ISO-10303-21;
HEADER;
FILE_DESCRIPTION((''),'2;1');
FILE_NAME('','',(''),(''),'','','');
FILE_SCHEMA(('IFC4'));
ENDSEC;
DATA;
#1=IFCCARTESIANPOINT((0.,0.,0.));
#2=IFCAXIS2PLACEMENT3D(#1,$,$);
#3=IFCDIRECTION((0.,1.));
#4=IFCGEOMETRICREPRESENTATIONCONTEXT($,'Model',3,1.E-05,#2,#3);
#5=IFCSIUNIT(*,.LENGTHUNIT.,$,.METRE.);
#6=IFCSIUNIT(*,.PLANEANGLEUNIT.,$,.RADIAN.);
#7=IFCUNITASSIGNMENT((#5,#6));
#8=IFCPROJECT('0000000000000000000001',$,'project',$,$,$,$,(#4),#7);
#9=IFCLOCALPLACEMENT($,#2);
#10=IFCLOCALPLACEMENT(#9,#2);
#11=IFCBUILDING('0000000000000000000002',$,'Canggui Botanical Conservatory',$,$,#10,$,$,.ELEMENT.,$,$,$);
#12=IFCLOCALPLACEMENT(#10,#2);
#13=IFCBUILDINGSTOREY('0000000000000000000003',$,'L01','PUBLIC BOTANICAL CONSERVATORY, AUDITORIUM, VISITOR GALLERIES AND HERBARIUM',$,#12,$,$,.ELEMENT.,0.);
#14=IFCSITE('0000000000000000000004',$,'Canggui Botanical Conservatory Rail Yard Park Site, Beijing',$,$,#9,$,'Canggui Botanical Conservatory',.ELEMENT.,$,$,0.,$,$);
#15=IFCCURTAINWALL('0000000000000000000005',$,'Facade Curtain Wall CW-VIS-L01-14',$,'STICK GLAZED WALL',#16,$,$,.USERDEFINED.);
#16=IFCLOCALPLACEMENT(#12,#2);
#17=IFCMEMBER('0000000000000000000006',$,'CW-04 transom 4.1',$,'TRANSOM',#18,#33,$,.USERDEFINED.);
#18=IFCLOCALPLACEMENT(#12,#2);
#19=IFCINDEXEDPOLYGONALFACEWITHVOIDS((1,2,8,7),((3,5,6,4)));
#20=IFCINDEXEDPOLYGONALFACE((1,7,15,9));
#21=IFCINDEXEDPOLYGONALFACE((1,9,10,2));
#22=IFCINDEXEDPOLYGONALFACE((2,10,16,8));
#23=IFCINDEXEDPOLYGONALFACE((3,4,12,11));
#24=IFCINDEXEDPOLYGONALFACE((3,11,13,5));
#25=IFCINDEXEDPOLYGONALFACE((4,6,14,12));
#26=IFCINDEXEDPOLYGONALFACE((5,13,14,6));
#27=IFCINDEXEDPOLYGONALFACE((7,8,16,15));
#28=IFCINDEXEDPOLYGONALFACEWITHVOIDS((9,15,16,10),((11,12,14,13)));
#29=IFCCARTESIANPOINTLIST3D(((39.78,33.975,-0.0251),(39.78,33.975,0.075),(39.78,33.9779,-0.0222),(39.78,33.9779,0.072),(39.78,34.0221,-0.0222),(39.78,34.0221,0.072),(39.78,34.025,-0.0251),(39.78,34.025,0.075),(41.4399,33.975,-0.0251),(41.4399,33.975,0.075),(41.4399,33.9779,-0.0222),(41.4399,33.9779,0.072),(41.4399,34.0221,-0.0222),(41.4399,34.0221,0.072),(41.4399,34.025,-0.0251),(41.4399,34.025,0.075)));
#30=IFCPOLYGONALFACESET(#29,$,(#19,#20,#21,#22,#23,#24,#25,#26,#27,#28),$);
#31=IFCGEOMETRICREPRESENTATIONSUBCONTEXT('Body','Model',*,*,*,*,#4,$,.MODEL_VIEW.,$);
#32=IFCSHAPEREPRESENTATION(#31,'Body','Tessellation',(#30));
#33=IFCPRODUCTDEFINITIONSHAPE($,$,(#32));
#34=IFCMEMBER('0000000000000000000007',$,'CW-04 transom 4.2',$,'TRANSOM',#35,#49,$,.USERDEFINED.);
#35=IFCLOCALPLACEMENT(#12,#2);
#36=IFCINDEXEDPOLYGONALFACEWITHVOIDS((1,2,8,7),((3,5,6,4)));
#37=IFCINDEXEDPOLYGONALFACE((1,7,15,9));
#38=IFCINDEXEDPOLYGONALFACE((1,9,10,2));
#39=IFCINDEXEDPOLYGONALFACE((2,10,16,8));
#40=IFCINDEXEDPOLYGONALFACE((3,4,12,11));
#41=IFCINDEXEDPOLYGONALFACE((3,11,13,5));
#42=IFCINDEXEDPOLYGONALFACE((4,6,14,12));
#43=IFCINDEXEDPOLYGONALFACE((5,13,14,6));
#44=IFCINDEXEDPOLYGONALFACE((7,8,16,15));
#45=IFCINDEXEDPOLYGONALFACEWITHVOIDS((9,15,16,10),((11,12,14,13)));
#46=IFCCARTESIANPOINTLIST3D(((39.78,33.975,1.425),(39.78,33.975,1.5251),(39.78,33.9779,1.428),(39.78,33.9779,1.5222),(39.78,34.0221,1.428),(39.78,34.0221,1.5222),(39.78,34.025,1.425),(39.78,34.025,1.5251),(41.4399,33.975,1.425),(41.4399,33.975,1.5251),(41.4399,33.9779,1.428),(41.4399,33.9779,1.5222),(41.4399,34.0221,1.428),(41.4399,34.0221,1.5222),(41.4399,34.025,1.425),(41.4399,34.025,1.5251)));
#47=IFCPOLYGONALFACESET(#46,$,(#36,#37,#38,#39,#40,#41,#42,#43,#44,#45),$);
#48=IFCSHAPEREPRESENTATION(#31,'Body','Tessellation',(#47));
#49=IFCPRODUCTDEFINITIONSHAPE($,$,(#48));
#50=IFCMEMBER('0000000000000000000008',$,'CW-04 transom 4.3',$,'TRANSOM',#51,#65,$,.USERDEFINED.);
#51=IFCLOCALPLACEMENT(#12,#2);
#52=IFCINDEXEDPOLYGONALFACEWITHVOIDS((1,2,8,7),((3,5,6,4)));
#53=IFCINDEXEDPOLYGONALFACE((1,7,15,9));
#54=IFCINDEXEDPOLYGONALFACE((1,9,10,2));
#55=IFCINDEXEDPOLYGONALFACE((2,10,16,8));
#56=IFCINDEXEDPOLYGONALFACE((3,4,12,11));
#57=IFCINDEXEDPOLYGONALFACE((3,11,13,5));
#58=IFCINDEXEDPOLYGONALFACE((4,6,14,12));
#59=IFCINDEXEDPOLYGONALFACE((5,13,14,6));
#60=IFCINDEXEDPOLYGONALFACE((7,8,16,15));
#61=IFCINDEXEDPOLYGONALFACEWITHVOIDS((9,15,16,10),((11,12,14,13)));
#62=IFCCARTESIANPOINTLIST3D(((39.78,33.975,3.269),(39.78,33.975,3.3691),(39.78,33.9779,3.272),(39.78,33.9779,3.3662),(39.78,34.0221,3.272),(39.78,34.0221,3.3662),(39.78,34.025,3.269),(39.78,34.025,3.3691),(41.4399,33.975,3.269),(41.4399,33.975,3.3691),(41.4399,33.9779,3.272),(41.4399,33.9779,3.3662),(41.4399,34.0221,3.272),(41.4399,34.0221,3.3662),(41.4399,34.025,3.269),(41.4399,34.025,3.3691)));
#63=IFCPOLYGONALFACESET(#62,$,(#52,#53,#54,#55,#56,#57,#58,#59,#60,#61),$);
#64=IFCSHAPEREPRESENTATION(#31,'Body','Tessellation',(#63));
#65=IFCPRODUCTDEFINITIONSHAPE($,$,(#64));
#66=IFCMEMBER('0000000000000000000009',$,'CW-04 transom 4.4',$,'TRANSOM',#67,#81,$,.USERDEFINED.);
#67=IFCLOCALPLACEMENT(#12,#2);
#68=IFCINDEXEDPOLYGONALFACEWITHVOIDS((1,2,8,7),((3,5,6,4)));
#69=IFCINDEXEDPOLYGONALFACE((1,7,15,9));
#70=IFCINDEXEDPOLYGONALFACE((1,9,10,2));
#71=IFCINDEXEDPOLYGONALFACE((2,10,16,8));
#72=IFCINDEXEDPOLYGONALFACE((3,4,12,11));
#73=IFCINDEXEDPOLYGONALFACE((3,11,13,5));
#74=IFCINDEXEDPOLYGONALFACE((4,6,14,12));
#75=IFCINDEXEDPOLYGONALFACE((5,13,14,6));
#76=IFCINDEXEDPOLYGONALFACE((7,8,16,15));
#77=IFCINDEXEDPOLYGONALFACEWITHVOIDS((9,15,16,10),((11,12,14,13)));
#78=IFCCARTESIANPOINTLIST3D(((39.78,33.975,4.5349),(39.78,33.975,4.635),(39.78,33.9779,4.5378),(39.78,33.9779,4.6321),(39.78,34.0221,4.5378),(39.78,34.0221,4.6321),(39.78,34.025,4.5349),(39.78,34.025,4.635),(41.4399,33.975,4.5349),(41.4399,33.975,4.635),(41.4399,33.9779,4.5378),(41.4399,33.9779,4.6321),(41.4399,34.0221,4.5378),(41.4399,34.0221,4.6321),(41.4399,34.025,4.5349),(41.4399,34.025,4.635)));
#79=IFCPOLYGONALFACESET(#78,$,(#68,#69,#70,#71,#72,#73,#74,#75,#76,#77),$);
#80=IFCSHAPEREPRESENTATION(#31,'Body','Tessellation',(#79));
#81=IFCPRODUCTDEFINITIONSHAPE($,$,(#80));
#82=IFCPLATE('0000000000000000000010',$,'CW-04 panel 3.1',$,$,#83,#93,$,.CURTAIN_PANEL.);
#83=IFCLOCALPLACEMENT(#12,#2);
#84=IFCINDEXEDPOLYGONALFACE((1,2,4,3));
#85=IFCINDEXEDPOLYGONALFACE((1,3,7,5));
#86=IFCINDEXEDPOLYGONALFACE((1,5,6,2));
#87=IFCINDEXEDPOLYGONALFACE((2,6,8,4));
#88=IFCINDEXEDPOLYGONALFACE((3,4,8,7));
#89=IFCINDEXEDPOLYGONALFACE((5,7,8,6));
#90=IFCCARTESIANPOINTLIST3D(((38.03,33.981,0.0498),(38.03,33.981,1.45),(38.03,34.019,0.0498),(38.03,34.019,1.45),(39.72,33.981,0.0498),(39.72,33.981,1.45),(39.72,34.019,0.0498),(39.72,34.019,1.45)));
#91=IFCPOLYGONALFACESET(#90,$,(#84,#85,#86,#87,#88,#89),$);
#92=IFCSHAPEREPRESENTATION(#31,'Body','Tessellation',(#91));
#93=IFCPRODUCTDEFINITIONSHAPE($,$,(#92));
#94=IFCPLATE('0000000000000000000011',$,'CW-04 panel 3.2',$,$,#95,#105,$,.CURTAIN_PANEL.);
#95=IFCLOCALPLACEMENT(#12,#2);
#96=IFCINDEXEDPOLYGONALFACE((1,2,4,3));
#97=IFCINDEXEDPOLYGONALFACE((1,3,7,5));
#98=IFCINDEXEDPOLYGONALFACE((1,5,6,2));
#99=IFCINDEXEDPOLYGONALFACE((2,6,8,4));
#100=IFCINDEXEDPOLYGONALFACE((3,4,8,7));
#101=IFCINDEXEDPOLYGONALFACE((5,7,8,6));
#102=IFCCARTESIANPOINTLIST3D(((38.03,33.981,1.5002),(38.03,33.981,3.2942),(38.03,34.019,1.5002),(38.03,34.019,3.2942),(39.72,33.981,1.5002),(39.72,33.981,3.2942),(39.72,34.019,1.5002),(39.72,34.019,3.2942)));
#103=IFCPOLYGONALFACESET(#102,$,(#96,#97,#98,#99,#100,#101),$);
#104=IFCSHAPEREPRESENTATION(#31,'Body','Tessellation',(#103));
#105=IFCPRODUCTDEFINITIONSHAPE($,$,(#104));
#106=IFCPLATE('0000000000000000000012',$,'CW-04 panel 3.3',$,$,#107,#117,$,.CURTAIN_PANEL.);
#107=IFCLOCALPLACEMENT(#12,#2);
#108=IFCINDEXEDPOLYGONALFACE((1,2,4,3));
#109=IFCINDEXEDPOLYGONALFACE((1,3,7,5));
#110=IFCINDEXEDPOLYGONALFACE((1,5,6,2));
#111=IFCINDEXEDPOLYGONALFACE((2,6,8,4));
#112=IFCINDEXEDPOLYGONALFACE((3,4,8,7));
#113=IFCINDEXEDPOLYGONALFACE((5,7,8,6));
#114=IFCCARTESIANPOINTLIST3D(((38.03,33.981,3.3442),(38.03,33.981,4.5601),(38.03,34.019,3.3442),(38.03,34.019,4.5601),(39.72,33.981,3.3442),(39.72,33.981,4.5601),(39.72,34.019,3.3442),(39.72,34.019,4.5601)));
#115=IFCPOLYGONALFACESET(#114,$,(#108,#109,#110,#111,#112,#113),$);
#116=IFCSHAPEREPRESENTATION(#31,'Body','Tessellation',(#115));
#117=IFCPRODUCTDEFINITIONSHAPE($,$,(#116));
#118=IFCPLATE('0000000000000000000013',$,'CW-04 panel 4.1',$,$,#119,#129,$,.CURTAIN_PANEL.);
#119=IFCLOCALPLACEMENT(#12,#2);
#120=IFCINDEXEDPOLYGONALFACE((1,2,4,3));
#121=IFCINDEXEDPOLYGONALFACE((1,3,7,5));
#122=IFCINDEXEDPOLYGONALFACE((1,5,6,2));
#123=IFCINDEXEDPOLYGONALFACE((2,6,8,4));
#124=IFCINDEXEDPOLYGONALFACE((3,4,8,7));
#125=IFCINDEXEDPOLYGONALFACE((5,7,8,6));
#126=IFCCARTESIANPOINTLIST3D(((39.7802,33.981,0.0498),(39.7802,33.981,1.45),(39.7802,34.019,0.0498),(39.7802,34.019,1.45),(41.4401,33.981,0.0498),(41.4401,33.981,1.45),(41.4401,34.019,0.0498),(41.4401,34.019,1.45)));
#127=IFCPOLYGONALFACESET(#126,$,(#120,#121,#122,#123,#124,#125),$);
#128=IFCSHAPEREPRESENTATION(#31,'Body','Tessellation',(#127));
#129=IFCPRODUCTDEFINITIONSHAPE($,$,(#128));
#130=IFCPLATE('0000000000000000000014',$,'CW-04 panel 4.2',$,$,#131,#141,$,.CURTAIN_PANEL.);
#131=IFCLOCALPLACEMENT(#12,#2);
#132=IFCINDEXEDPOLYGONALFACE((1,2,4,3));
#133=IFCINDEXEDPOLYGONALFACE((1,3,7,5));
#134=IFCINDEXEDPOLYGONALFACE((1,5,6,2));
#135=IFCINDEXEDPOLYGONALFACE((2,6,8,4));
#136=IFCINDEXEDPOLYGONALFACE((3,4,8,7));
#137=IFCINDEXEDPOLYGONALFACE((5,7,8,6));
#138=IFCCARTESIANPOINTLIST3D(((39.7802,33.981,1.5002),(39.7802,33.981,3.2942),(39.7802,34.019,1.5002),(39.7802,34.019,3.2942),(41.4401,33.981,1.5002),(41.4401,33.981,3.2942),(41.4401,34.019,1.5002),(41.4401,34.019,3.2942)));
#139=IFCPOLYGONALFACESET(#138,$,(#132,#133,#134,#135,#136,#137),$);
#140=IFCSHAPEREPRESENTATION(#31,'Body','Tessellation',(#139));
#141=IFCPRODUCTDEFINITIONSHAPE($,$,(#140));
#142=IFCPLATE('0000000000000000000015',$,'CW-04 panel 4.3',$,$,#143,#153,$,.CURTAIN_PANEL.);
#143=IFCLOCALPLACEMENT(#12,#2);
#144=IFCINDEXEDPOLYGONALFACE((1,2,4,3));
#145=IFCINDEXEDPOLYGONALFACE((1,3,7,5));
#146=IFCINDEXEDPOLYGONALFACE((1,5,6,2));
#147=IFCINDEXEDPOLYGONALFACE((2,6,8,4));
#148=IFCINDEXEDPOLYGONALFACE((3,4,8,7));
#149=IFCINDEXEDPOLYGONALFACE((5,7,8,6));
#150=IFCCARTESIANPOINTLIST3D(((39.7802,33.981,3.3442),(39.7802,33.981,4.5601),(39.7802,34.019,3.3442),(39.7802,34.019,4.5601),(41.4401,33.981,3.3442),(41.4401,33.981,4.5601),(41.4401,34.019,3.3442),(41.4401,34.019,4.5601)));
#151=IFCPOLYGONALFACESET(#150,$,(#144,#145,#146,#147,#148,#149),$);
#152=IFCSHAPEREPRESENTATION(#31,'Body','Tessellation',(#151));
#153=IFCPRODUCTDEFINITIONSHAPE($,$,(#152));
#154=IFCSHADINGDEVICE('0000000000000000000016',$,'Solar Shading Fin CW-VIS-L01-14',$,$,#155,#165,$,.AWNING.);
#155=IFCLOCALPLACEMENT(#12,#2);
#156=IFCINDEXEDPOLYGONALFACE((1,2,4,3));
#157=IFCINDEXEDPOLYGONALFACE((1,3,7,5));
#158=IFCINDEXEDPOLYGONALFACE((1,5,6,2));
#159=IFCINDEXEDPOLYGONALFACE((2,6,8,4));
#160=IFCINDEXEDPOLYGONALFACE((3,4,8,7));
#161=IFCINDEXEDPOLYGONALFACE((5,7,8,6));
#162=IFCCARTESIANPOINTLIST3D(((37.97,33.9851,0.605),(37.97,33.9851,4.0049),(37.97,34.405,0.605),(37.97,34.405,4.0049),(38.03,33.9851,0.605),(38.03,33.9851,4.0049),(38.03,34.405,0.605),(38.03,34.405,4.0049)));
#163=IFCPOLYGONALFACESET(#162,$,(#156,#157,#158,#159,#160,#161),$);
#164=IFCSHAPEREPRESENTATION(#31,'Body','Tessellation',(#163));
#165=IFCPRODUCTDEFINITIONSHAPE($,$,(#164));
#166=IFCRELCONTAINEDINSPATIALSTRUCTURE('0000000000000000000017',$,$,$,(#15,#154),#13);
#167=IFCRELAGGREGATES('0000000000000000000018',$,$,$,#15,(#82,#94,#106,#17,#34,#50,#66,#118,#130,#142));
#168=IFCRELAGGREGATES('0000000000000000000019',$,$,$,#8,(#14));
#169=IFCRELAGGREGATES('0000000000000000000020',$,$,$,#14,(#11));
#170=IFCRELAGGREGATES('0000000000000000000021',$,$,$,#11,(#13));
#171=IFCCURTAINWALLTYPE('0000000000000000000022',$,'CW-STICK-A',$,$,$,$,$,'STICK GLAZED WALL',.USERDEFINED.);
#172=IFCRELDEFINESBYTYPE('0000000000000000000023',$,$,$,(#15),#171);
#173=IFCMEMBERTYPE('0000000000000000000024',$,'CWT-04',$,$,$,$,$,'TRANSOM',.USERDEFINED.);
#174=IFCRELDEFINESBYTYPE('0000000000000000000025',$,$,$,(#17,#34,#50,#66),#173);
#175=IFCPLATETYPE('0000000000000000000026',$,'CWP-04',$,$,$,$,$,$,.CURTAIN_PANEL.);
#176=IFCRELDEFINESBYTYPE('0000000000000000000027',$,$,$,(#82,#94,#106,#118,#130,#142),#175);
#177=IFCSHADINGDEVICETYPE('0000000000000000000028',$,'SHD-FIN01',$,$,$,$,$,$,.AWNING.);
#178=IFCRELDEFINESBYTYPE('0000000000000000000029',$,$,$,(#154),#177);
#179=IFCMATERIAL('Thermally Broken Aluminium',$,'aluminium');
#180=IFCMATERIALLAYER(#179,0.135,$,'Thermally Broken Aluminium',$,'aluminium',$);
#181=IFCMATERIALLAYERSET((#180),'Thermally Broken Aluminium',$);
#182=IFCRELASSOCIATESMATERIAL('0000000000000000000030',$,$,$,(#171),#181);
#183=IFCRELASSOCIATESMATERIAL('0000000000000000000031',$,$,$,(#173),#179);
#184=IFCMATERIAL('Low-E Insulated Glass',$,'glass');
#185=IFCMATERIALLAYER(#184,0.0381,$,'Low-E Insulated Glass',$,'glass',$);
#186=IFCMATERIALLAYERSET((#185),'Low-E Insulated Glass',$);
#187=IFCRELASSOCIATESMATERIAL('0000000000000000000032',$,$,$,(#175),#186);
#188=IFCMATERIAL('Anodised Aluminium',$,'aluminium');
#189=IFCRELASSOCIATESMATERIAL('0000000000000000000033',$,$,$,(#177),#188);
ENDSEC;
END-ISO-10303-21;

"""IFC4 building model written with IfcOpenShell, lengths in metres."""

from ifc_helpers import new_model, si_unit, direction, frame, origin, origin_2d, place, context, subcontext, project, spatial, rectangle, hollow_rectangle, extrude, material, layer, layer_set, material_profile, profile_set, type_object, element, aggregate, save


model = new_model("IFC4")

# Units and contexts
model_context = context("Model", 3, precision=1e-05, world=origin(), true_north=direction((0.0, 1.0)))
body_context = subcontext(model_context, "Body", "Model", "MODEL_VIEW")
ifc_project = project(units=[si_unit("LENGTHUNIT", "METRE"), si_unit("PLANEANGLEUNIT", "RADIAN")], contexts=[model_context])

# Site, building, storey
site_placement = place(None, origin())
site = spatial("IfcSite", under=ifc_project, at=site_placement, Name="Canggui Botanical Conservatory Rail Yard Park Site, Beijing", LongName="Canggui Botanical Conservatory", CompositionType="ELEMENT", RefElevation=0.0)
building_placement = place(site_placement, origin())
building = spatial("IfcBuilding", under=site, at=building_placement, Name="Canggui Botanical Conservatory", CompositionType="ELEMENT")
storey_placement = place(building_placement, origin())
storey = spatial("IfcBuildingStorey", under=building, at=storey_placement, Name="L01", Description="PUBLIC BOTANICAL CONSERVATORY, AUDITORIUM, VISITOR GALLERIES AND HERBARIUM", CompositionType="ELEMENT", Elevation=0.0)

# Curtain wall, members, plates
ifc_material_1 = material(Name="Thermally Broken Aluminium", Category="aluminium")
ifc_layer_1 = layer(ifc_material_1, 0.135, Name="Thermally Broken Aluminium", Category="aluminium")
ifc_layer_set_1 = layer_set([ifc_layer_1], Name="Thermally Broken Aluminium")
curtain_wall_type = type_object("IfcCurtainWallType", Name="CW-STICK-A", ElementType="STICK GLAZED WALL", PredefinedType="USERDEFINED", material=ifc_layer_set_1)
curtain_wall_placement = place(storey_placement, origin())
curtain_wall = element("IfcCurtainWall", 1, at=curtain_wall_placement, inside=storey, type_object=curtain_wall_type, Name="Facade Curtain Wall CW-VIS-L01-14", ObjectType="STICK GLAZED WALL", PredefinedType="USERDEFINED")
ifc_material_profile_1 = material_profile(ifc_material_1, hollow_rectangle(XDim=0.05, YDim=0.1001, WallThickness=0.0029, at=origin_2d()), Name="CWT 50x100x3")
ifc_profile_set_1 = profile_set([ifc_material_profile_1], Name="Thermally Broken Aluminium")
member_type_1 = type_object("IfcMemberType", Name="CWT-04", ElementType="TRANSOM", PredefinedType="USERDEFINED", material=ifc_profile_set_1)
member_1_placement = place(storey_placement, frame((39.78, 34.0, 0.0249), z_axis=(1.0, 0.0, 0.0), x_axis=(0.0, 1.0, 0.0)))
member_1 = element("IfcMember", 2, at=member_1_placement, type_object=member_type_1, Name="CW-04 transom 4.1", ObjectType="TRANSOM", PredefinedType="USERDEFINED", context=body_context, shape_type="SweptSolid", body=[
    extrude(hollow_rectangle(XDim=0.05, YDim=0.1001, WallThickness=0.0029, at=origin_2d()), origin(), (0.0, 0.0, 1.0), 1.6599),
])
member_2_placement = place(storey_placement, frame((39.78, 34.0, 1.4751), z_axis=(1.0, 0.0, 0.0), x_axis=(0.0, 1.0, 0.0)))
member_2 = element("IfcMember", 3, at=member_2_placement, type_object=member_type_1, Name="CW-04 transom 4.2", ObjectType="TRANSOM", PredefinedType="USERDEFINED", context=body_context, shape_type="SweptSolid", body=[
    extrude(hollow_rectangle(XDim=0.05, YDim=0.1001, WallThickness=0.0029, at=origin_2d()), origin(), (0.0, 0.0, 1.0), 1.6599),
])
member_3_placement = place(storey_placement, frame((39.78, 34.0, 3.3191), z_axis=(1.0, 0.0, 0.0), x_axis=(0.0, 1.0, 0.0)))
member_3 = element("IfcMember", 4, at=member_3_placement, type_object=member_type_1, Name="CW-04 transom 4.3", ObjectType="TRANSOM", PredefinedType="USERDEFINED", context=body_context, shape_type="SweptSolid", body=[
    extrude(hollow_rectangle(XDim=0.05, YDim=0.1001, WallThickness=0.0029, at=origin_2d()), origin(), (0.0, 0.0, 1.0), 1.6599),
])
member_4_placement = place(storey_placement, frame((39.78, 34.0, 4.585), z_axis=(1.0, 0.0, 0.0), x_axis=(0.0, 1.0, 0.0)))
member_4 = element("IfcMember", 5, at=member_4_placement, type_object=member_type_1, Name="CW-04 transom 4.4", ObjectType="TRANSOM", PredefinedType="USERDEFINED", context=body_context, shape_type="SweptSolid", body=[
    extrude(hollow_rectangle(XDim=0.05, YDim=0.1001, WallThickness=0.0029, at=origin_2d()), origin(), (0.0, 0.0, 1.0), 1.6599),
])
ifc_material_2 = material(Name="Low-E Insulated Glass", Category="glass")
ifc_layer_2 = layer(ifc_material_2, 0.0381, Name="Low-E Insulated Glass", Category="glass")
ifc_layer_set_2 = layer_set([ifc_layer_2], Name="Low-E Insulated Glass")
plate_type = type_object("IfcPlateType", Name="CWP-04", PredefinedType="CURTAIN_PANEL", material=ifc_layer_set_2)
plate_1_placement = place(storey_placement, frame((38.875, 34.0, 0.0498), z_axis=(0.0, 0.0, 1.0), x_axis=(1.0, 0.0, 0.0)))
plate_1 = element("IfcPlate", 6, at=plate_1_placement, type_object=plate_type, Name="CW-04 panel 3.1", PredefinedType="CURTAIN_PANEL", context=body_context, shape_type="SweptSolid", body=[
    extrude(rectangle(XDim=1.6899, YDim=0.0381, at=origin_2d()), origin(), (0.0, 0.0, 1.0), 1.4001),
])
plate_2_placement = place(storey_placement, frame((38.875, 34.0, 1.5002), z_axis=(0.0, 0.0, 1.0), x_axis=(1.0, 0.0, 0.0)))
plate_2 = element("IfcPlate", 7, at=plate_2_placement, type_object=plate_type, Name="CW-04 panel 3.2", PredefinedType="CURTAIN_PANEL", context=body_context, shape_type="SweptSolid", body=[
    extrude(rectangle(XDim=1.6899, YDim=0.0381, at=origin_2d()), origin(), (0.0, 0.0, 1.0), 1.7939),
])
plate_3_placement = place(storey_placement, frame((38.875, 34.0, 3.3442), z_axis=(0.0, 0.0, 1.0), x_axis=(1.0, 0.0, 0.0)))
plate_3 = element("IfcPlate", 8, at=plate_3_placement, type_object=plate_type, Name="CW-04 panel 3.3", PredefinedType="CURTAIN_PANEL", context=body_context, shape_type="SweptSolid", body=[
    extrude(rectangle(XDim=1.6899, YDim=0.0381, at=origin_2d()), origin(), (0.0, 0.0, 1.0), 1.2158),
])
plate_4_placement = place(storey_placement, frame((40.6101, 34.0, 0.0498), z_axis=(0.0, 0.0, 1.0), x_axis=(1.0, 0.0, 0.0)))
plate_4 = element("IfcPlate", 9, at=plate_4_placement, type_object=plate_type, Name="CW-04 panel 4.1", PredefinedType="CURTAIN_PANEL", context=body_context, shape_type="SweptSolid", body=[
    extrude(rectangle(XDim=1.6599, YDim=0.0381, at=origin_2d()), origin(), (0.0, 0.0, 1.0), 1.4001),
])
plate_5_placement = place(storey_placement, frame((40.6101, 34.0, 1.5002), z_axis=(0.0, 0.0, 1.0), x_axis=(1.0, 0.0, 0.0)))
plate_5 = element("IfcPlate", 10, at=plate_5_placement, type_object=plate_type, Name="CW-04 panel 4.2", PredefinedType="CURTAIN_PANEL", context=body_context, shape_type="SweptSolid", body=[
    extrude(rectangle(XDim=1.6599, YDim=0.0381, at=origin_2d()), origin(), (0.0, 0.0, 1.0), 1.7939),
])
plate_6_placement = place(storey_placement, frame((40.6101, 34.0, 3.3442), z_axis=(0.0, 0.0, 1.0), x_axis=(1.0, 0.0, 0.0)))
plate_6 = element("IfcPlate", 11, at=plate_6_placement, type_object=plate_type, Name="CW-04 panel 4.3", PredefinedType="CURTAIN_PANEL", context=body_context, shape_type="SweptSolid", body=[
    extrude(rectangle(XDim=1.6599, YDim=0.0381, at=origin_2d()), origin(), (0.0, 0.0, 1.0), 1.2158),
])
aggregate(curtain_wall, [plate_1, plate_2, plate_3, member_1, member_2, member_3, member_4, plate_4, plate_5, plate_6])

# Shading device
ifc_material_3 = material(Name="Anodised Aluminium", Category="aluminium")
shading_device_type = type_object("IfcShadingDeviceType", Name="SHD-FIN01", PredefinedType="AWNING", material=ifc_material_3)
shading_device_placement = place(storey_placement, frame((38.0, 34.1951, 0.605), z_axis=(0.0, 0.0, 1.0), x_axis=(1.0, 0.0, 0.0)))
element("IfcShadingDevice", 12, at=shading_device_placement, inside=storey, type_object=shading_device_type, Name="Solar Shading Fin CW-VIS-L01-14", PredefinedType="AWNING", context=body_context, shape_type="SweptSolid", body=[
    extrude(rectangle(XDim=0.0601, YDim=0.4199, at=origin_2d()), origin(), (0.0, 0.0, 1.0), 3.3999),
])

save(model, "model.ifc")
